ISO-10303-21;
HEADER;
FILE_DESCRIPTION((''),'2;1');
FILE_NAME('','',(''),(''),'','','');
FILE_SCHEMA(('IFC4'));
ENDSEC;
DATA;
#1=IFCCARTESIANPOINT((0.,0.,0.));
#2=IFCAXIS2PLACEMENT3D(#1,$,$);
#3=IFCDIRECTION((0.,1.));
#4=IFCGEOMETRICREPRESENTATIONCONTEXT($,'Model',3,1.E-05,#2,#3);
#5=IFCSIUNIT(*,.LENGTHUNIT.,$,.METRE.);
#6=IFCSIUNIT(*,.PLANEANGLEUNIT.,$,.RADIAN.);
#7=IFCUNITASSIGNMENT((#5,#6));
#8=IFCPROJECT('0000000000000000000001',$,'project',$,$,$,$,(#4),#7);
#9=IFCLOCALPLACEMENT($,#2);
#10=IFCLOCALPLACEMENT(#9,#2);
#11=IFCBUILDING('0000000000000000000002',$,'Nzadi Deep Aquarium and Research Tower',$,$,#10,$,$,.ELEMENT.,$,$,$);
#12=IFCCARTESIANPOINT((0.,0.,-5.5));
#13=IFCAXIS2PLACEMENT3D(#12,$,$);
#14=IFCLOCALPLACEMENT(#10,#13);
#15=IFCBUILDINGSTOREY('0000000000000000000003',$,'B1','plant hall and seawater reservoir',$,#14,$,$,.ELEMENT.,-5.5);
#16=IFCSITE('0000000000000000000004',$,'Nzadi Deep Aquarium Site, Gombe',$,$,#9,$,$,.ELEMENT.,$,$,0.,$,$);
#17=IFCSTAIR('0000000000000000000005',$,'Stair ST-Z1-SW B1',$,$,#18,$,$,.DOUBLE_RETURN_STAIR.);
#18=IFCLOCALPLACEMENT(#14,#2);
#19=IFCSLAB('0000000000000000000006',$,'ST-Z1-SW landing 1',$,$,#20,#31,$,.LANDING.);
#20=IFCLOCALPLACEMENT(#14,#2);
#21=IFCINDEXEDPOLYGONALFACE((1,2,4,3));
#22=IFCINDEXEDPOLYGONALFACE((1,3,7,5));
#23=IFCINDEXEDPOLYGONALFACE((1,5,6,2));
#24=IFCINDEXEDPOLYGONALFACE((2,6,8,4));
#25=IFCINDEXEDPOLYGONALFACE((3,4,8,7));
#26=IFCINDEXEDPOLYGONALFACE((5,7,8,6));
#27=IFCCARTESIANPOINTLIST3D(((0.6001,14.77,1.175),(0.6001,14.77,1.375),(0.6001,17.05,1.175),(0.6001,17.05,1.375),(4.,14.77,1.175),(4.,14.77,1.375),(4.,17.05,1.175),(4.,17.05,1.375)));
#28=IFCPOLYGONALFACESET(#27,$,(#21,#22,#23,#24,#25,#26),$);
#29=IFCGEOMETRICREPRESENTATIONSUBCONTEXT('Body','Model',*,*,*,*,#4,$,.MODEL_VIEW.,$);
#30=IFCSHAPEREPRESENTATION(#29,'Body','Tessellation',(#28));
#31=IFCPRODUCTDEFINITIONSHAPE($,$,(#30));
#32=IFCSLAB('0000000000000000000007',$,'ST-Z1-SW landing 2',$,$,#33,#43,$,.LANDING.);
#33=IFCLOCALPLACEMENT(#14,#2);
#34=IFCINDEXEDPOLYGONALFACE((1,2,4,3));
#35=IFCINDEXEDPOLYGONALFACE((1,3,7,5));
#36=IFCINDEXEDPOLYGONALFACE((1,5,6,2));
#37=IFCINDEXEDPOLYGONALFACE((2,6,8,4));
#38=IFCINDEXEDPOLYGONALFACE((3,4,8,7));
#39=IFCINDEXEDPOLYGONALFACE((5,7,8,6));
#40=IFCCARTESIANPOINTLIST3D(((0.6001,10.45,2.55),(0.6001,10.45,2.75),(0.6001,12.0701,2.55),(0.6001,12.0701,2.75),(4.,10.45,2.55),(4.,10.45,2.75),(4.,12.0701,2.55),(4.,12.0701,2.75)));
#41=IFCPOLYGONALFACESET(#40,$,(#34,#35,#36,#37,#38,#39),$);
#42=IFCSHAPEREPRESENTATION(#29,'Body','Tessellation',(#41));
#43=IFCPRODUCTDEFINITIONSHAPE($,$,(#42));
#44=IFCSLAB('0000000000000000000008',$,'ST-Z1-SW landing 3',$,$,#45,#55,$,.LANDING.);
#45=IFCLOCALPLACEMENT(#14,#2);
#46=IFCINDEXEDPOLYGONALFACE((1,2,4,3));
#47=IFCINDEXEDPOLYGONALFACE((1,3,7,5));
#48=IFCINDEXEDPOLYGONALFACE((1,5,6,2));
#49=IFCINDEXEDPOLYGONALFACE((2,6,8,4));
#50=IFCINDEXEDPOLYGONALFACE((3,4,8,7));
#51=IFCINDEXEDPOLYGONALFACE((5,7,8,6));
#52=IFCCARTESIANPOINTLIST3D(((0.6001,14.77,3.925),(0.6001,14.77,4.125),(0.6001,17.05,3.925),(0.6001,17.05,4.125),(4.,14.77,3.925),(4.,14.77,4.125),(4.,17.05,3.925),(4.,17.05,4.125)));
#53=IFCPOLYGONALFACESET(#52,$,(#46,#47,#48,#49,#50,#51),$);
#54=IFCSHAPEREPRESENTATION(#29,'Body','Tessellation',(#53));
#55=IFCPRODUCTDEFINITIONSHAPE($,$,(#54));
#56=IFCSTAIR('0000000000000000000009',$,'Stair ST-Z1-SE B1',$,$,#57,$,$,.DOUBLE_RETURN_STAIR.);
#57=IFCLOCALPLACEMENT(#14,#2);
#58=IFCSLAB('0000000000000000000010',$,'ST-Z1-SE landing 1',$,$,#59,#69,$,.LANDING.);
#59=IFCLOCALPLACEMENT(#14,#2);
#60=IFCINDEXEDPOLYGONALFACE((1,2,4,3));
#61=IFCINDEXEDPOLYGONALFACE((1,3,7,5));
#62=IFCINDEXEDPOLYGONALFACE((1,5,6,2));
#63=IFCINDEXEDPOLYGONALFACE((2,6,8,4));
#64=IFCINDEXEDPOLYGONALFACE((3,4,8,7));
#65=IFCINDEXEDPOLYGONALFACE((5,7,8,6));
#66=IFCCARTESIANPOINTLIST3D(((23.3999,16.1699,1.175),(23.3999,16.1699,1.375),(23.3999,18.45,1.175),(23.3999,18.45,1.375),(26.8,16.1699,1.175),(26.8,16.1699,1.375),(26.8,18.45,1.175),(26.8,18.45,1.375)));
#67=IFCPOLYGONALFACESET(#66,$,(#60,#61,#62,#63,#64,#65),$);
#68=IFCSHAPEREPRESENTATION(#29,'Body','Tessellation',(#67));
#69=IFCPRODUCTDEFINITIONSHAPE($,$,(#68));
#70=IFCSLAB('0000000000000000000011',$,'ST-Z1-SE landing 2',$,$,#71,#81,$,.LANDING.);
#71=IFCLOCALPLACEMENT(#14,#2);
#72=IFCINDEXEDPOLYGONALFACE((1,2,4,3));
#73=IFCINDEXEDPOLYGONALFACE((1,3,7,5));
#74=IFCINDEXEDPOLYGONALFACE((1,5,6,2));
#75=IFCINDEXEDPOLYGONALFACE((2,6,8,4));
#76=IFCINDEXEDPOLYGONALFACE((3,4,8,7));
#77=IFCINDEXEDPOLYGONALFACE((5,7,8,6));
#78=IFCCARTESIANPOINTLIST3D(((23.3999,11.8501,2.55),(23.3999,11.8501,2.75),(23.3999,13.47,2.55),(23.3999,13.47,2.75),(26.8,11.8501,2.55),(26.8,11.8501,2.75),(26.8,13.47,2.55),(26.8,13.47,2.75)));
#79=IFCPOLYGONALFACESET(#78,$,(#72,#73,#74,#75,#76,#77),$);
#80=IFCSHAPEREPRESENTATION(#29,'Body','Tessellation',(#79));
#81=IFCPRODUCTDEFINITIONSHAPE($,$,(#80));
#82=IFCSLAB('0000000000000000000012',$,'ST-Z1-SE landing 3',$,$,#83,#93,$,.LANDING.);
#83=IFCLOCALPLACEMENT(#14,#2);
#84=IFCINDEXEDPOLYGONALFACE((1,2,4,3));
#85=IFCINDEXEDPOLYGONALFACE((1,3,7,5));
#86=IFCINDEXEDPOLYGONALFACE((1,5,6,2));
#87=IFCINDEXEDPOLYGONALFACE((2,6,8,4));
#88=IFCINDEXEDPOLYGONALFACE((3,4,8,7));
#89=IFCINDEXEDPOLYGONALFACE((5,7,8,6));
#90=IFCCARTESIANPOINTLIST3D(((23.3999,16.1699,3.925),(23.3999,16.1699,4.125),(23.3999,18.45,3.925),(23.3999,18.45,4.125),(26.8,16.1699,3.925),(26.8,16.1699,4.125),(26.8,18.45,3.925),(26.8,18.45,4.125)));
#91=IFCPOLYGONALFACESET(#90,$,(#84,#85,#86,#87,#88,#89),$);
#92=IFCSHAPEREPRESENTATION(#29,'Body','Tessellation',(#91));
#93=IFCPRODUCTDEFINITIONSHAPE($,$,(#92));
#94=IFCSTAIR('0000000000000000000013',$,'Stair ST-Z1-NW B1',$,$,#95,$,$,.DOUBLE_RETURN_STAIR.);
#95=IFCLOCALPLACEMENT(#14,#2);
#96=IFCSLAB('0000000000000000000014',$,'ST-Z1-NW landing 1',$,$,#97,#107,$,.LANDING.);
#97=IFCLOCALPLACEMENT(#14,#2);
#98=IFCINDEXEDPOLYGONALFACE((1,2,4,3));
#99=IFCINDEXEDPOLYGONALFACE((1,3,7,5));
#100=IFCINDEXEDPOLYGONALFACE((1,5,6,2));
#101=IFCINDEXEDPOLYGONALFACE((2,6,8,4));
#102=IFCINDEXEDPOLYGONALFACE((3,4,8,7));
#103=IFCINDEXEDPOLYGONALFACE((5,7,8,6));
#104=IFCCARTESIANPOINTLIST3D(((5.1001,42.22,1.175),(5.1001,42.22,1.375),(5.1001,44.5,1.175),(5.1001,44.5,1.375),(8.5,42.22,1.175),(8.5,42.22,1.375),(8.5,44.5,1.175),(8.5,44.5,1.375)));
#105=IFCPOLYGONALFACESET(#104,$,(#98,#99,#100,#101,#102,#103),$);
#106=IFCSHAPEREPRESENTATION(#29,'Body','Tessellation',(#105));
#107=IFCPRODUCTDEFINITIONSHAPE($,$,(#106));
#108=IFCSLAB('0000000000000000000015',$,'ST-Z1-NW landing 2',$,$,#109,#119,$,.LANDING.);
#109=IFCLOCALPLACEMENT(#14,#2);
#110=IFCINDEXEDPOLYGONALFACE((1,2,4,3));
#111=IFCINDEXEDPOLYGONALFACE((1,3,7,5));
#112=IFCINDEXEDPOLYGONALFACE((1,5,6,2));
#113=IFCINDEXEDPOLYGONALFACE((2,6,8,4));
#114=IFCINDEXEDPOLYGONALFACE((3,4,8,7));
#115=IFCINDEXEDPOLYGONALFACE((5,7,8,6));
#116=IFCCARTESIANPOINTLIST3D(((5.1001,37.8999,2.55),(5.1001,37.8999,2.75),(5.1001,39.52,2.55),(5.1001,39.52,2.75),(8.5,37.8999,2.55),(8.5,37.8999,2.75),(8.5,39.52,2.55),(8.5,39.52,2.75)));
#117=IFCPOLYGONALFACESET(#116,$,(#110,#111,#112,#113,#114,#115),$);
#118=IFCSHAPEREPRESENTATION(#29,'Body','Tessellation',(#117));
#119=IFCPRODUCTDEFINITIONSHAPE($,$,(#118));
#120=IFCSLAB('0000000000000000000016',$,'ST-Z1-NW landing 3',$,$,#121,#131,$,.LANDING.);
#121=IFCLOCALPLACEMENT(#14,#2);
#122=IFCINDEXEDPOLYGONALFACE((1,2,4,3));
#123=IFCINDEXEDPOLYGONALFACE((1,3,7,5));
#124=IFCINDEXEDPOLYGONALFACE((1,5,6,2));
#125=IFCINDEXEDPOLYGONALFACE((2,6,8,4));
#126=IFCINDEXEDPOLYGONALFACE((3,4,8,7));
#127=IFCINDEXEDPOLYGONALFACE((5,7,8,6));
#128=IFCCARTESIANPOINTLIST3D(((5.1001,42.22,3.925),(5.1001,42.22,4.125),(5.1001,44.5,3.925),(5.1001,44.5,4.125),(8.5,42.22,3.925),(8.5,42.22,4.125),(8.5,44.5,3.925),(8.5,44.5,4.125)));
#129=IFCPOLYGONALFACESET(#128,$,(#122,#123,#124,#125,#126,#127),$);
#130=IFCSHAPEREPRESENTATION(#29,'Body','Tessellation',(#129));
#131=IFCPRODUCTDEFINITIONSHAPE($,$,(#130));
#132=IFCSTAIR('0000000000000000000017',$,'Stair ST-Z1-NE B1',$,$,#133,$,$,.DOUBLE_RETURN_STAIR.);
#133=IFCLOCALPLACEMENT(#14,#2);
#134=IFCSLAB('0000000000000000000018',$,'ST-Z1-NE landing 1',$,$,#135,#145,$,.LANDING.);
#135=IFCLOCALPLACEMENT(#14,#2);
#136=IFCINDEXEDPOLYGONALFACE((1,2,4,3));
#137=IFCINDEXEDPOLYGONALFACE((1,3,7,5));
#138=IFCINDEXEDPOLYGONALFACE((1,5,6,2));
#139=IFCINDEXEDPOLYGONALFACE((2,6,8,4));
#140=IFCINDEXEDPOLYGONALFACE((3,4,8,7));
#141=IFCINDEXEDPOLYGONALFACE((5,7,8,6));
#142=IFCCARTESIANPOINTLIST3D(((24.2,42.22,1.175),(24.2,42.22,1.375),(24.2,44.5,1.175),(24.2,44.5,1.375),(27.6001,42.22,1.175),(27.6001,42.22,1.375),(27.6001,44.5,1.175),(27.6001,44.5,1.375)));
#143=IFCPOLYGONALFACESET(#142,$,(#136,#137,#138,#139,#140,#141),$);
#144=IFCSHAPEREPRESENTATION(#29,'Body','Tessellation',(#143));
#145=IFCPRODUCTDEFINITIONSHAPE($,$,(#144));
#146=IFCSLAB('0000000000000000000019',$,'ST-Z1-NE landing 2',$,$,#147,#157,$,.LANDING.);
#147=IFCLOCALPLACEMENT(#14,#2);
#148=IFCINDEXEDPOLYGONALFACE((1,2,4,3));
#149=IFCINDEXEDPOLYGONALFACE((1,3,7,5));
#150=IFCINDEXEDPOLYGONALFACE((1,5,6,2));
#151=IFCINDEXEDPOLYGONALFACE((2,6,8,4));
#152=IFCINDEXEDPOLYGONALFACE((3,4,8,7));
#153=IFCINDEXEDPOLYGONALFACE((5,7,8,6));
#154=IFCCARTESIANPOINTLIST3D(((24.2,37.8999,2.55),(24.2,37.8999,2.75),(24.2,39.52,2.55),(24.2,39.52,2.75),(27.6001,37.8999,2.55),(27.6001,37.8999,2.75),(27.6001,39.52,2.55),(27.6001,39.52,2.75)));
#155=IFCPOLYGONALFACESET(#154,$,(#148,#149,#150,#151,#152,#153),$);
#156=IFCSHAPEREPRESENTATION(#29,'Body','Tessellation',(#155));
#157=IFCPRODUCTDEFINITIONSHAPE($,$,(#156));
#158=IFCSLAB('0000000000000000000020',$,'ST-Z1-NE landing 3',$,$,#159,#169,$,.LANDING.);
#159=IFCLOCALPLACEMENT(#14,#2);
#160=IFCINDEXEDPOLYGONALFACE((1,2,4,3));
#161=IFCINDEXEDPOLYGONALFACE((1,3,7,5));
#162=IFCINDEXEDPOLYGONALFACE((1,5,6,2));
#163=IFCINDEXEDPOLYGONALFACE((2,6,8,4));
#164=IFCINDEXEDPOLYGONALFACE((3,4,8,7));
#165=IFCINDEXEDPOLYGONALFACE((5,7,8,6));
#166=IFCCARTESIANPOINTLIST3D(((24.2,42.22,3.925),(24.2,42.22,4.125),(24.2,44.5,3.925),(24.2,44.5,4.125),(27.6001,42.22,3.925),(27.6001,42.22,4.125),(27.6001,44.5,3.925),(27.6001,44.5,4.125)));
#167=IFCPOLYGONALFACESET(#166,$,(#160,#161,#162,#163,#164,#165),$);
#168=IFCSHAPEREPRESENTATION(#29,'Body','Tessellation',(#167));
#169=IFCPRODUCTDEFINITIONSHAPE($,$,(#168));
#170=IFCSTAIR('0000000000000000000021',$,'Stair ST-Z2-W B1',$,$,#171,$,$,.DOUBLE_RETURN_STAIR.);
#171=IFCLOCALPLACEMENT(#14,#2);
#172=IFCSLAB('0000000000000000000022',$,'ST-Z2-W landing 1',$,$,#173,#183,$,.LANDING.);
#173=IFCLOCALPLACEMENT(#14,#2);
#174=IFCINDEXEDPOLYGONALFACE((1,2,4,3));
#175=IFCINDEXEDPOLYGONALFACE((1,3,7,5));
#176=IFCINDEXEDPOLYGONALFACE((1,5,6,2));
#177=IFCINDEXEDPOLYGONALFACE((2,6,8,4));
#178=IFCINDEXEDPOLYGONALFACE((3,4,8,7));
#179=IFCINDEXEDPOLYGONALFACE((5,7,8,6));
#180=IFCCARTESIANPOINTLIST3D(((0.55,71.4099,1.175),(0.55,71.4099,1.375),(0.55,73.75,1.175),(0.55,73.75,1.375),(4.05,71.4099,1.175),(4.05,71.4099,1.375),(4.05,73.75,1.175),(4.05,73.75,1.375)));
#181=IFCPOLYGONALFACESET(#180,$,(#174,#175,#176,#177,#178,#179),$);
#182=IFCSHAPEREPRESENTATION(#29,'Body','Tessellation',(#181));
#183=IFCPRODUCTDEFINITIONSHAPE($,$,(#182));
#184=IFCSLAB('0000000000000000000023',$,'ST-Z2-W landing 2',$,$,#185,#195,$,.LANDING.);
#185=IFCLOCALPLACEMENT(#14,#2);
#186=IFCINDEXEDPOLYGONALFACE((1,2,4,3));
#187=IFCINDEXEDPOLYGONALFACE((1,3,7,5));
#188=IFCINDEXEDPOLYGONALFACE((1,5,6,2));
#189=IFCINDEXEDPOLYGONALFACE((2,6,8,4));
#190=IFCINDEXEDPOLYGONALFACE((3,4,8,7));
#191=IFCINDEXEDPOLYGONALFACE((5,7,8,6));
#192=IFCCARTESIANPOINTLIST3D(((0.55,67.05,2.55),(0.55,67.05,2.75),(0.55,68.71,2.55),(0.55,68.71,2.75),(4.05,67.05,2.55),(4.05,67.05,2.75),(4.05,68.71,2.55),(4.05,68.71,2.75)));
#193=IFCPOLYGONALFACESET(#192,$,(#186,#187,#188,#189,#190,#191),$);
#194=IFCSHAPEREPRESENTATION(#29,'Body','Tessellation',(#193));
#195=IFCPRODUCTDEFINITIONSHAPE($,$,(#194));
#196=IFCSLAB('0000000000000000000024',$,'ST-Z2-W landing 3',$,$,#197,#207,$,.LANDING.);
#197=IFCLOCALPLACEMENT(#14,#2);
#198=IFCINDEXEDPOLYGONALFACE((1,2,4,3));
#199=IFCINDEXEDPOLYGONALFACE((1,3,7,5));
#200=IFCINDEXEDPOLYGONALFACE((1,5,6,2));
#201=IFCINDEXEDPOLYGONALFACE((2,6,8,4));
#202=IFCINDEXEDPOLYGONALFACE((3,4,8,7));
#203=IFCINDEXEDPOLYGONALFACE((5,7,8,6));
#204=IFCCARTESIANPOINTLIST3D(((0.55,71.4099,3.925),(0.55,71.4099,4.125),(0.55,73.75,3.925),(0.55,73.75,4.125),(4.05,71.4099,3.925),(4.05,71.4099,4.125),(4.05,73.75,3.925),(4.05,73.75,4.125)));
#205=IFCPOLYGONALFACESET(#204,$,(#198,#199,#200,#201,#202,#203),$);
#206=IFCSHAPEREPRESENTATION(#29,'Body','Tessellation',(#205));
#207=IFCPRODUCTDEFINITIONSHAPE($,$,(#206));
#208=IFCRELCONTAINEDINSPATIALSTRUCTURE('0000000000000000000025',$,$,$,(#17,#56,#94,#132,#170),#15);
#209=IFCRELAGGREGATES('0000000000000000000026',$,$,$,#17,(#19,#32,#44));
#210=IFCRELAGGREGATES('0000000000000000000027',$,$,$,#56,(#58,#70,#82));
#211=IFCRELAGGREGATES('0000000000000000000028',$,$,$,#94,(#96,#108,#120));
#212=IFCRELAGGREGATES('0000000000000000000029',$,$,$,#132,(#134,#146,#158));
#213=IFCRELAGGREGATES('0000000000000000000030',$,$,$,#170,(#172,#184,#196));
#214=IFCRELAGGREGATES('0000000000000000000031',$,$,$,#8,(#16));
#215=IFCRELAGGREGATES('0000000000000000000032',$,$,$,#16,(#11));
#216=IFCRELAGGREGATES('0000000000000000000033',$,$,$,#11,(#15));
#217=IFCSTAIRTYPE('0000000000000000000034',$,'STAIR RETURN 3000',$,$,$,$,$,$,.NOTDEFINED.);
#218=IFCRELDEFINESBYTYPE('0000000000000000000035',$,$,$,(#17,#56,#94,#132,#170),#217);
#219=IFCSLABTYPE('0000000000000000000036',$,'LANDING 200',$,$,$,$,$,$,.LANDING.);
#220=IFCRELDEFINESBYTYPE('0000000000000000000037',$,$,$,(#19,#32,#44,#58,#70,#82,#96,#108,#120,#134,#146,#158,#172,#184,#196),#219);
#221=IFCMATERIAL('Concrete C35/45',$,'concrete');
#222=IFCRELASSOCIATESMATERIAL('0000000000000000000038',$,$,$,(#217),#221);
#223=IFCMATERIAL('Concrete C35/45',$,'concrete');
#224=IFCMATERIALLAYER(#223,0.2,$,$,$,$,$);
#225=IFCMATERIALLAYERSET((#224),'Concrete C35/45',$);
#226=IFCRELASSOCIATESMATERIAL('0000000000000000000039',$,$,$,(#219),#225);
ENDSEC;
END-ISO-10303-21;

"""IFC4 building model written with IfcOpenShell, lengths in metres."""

from ifc_helpers import new_model, si_unit, direction, frame, origin, place, context, subcontext, project, spatial, polyline, outline, extrude, material, layer, layer_set, type_object, element, aggregate, save


model = new_model("IFC4")

# Units and contexts
model_context = context("Model", 3, precision=1e-05, world=origin(), true_north=direction((0.0, 1.0)))
body_context = subcontext(model_context, "Body", "Model", "MODEL_VIEW")
ifc_project = project(units=[si_unit("LENGTHUNIT", "METRE"), si_unit("PLANEANGLEUNIT", "RADIAN")], contexts=[model_context])

# Site, building, storey
site_placement = place(None, origin())
site = spatial("IfcSite", under=ifc_project, at=site_placement, Name="Nzadi Deep Aquarium Site, Gombe", CompositionType="ELEMENT", RefElevation=0.0)
building_placement = place(site_placement, origin())
building = spatial("IfcBuilding", under=site, at=building_placement, Name="Nzadi Deep Aquarium and Research Tower", CompositionType="ELEMENT")
storey_placement = place(building_placement, frame((0.0, 0.0, -5.5)))
storey = spatial("IfcBuildingStorey", under=building, at=storey_placement, Name="B1", Description="plant hall and seawater reservoir", CompositionType="ELEMENT", Elevation=-5.5)

# Stairs, slabs
ifc_material_1 = material(Name="Concrete C35/45", Category="concrete")
stair_type = type_object("IfcStairType", Name="STAIR RETURN 3000", PredefinedType="NOTDEFINED", material=ifc_material_1)
stair_1_placement = place(storey_placement, origin())
stair_1 = element("IfcStair", 1, at=stair_1_placement, inside=storey, type_object=stair_type, Name="Stair ST-Z1-SW B1", PredefinedType="DOUBLE_RETURN_STAIR")
ifc_material_2 = material(Name="Concrete C35/45", Category="concrete")
ifc_layer_1 = layer(ifc_material_2, 0.2)
ifc_layer_set_1 = layer_set([ifc_layer_1], Name="Concrete C35/45")
slab_type_1 = type_object("IfcSlabType", Name="LANDING 200", PredefinedType="LANDING", material=ifc_layer_set_1)
slab_1_placement = place(storey_placement, frame((0.0, 0.0, 1.175)))
slab_1 = element("IfcSlab", 2, at=slab_1_placement, type_object=slab_type_1, Name="ST-Z1-SW landing 1", PredefinedType="LANDING", context=body_context, shape_type="SweptSolid", body=[
    extrude(outline(polyline([(0.6001, 14.77), (4.0, 14.77), (4.0, 17.05), (0.6001, 17.05), (0.6001, 14.77)])), origin(), (0.0, 0.0, 1.0), 0.2),
])
slab_2_placement = place(storey_placement, frame((0.0, 0.0, 2.55)))
slab_2 = element("IfcSlab", 3, at=slab_2_placement, type_object=slab_type_1, Name="ST-Z1-SW landing 2", PredefinedType="LANDING", context=body_context, shape_type="SweptSolid", body=[
    extrude(outline(polyline([(0.6001, 10.45), (4.0, 10.45), (4.0, 12.0701), (0.6001, 12.0701), (0.6001, 10.45)])), origin(), (0.0, 0.0, 1.0), 0.2),
])
slab_3_placement = place(storey_placement, frame((0.0, 0.0, 3.925)))
slab_3 = element("IfcSlab", 4, at=slab_3_placement, type_object=slab_type_1, Name="ST-Z1-SW landing 3", PredefinedType="LANDING", context=body_context, shape_type="SweptSolid", body=[
    extrude(outline(polyline([(0.6001, 14.77), (4.0, 14.77), (4.0, 17.05), (0.6001, 17.05), (0.6001, 14.77)])), origin(), (0.0, 0.0, 1.0), 0.2),
])
aggregate(stair_1, [slab_1, slab_2, slab_3])
stair_2_placement = place(storey_placement, origin())
stair_2 = element("IfcStair", 5, at=stair_2_placement, inside=storey, type_object=stair_type, Name="Stair ST-Z1-SE B1", PredefinedType="DOUBLE_RETURN_STAIR")
slab_4_placement = place(storey_placement, frame((0.0, 0.0, 1.175)))
slab_4 = element("IfcSlab", 6, at=slab_4_placement, type_object=slab_type_1, Name="ST-Z1-SE landing 1", PredefinedType="LANDING", context=body_context, shape_type="SweptSolid", body=[
    extrude(outline(polyline([(23.3999, 16.1699), (26.8, 16.1699), (26.8, 18.45), (23.3999, 18.45), (23.3999, 16.1699)])), origin(), (0.0, 0.0, 1.0), 0.2),
])
slab_5_placement = place(storey_placement, frame((0.0, 0.0, 2.55)))
slab_5 = element("IfcSlab", 7, at=slab_5_placement, type_object=slab_type_1, Name="ST-Z1-SE landing 2", PredefinedType="LANDING", context=body_context, shape_type="SweptSolid", body=[
    extrude(outline(polyline([(23.3999, 11.8501), (26.8, 11.8501), (26.8, 13.47), (23.3999, 13.47), (23.3999, 11.8501)])), origin(), (0.0, 0.0, 1.0), 0.2),
])
slab_6_placement = place(storey_placement, frame((0.0, 0.0, 3.925)))
slab_6 = element("IfcSlab", 8, at=slab_6_placement, type_object=slab_type_1, Name="ST-Z1-SE landing 3", PredefinedType="LANDING", context=body_context, shape_type="SweptSolid", body=[
    extrude(outline(polyline([(23.3999, 16.1699), (26.8, 16.1699), (26.8, 18.45), (23.3999, 18.45), (23.3999, 16.1699)])), origin(), (0.0, 0.0, 1.0), 0.2),
])
aggregate(stair_2, [slab_4, slab_5, slab_6])
stair_3_placement = place(storey_placement, origin())
stair_3 = element("IfcStair", 9, at=stair_3_placement, inside=storey, type_object=stair_type, Name="Stair ST-Z1-NW B1", PredefinedType="DOUBLE_RETURN_STAIR")
slab_7_placement = place(storey_placement, frame((0.0, 0.0, 1.175)))
slab_7 = element("IfcSlab", 10, at=slab_7_placement, type_object=slab_type_1, Name="ST-Z1-NW landing 1", PredefinedType="LANDING", context=body_context, shape_type="SweptSolid", body=[
    extrude(outline(polyline([(5.1001, 42.22), (8.5, 42.22), (8.5, 44.5), (5.1001, 44.5), (5.1001, 42.22)])), origin(), (0.0, 0.0, 1.0), 0.2),
])
slab_8_placement = place(storey_placement, frame((0.0, 0.0, 2.55)))
slab_8 = element("IfcSlab", 11, at=slab_8_placement, type_object=slab_type_1, Name="ST-Z1-NW landing 2", PredefinedType="LANDING", context=body_context, shape_type="SweptSolid", body=[
    extrude(outline(polyline([(5.1001, 37.8999), (8.5, 37.8999), (8.5, 39.52), (5.1001, 39.52), (5.1001, 37.8999)])), origin(), (0.0, 0.0, 1.0), 0.2),
])
slab_9_placement = place(storey_placement, frame((0.0, 0.0, 3.925)))
slab_9 = element("IfcSlab", 12, at=slab_9_placement, type_object=slab_type_1, Name="ST-Z1-NW landing 3", PredefinedType="LANDING", context=body_context, shape_type="SweptSolid", body=[
    extrude(outline(polyline([(5.1001, 42.22), (8.5, 42.22), (8.5, 44.5), (5.1001, 44.5), (5.1001, 42.22)])), origin(), (0.0, 0.0, 1.0), 0.2),
])
aggregate(stair_3, [slab_7, slab_8, slab_9])
stair_4_placement = place(storey_placement, origin())
stair_4 = element("IfcStair", 13, at=stair_4_placement, inside=storey, type_object=stair_type, Name="Stair ST-Z1-NE B1", PredefinedType="DOUBLE_RETURN_STAIR")
slab_10_placement = place(storey_placement, frame((0.0, 0.0, 1.175)))
slab_10 = element("IfcSlab", 14, at=slab_10_placement, type_object=slab_type_1, Name="ST-Z1-NE landing 1", PredefinedType="LANDING", context=body_context, shape_type="SweptSolid", body=[
    extrude(outline(polyline([(24.2, 42.22), (27.6001, 42.22), (27.6001, 44.5), (24.2, 44.5), (24.2, 42.22)])), origin(), (0.0, 0.0, 1.0), 0.2),
])
slab_11_placement = place(storey_placement, frame((0.0, 0.0, 2.55)))
slab_11 = element("IfcSlab", 15, at=slab_11_placement, type_object=slab_type_1, Name="ST-Z1-NE landing 2", PredefinedType="LANDING", context=body_context, shape_type="SweptSolid", body=[
    extrude(outline(polyline([(24.2, 37.8999), (27.6001, 37.8999), (27.6001, 39.52), (24.2, 39.52), (24.2, 37.8999)])), origin(), (0.0, 0.0, 1.0), 0.2),
])
slab_12_placement = place(storey_placement, frame((0.0, 0.0, 3.925)))
slab_12 = element("IfcSlab", 16, at=slab_12_placement, type_object=slab_type_1, Name="ST-Z1-NE landing 3", PredefinedType="LANDING", context=body_context, shape_type="SweptSolid", body=[
    extrude(outline(polyline([(24.2, 42.22), (27.6001, 42.22), (27.6001, 44.5), (24.2, 44.5), (24.2, 42.22)])), origin(), (0.0, 0.0, 1.0), 0.2),
])
aggregate(stair_4, [slab_10, slab_11, slab_12])
stair_5_placement = place(storey_placement, origin())
stair_5 = element("IfcStair", 17, at=stair_5_placement, inside=storey, type_object=stair_type, Name="Stair ST-Z2-W B1", PredefinedType="DOUBLE_RETURN_STAIR")
slab_13_placement = place(storey_placement, frame((0.0, 0.0, 1.175)))
slab_13 = element("IfcSlab", 18, at=slab_13_placement, type_object=slab_type_1, Name="ST-Z2-W landing 1", PredefinedType="LANDING", context=body_context, shape_type="SweptSolid", body=[
    extrude(outline(polyline([(0.55, 71.4099), (4.05, 71.4099), (4.05, 73.75), (0.55, 73.75), (0.55, 71.4099)])), origin(), (0.0, 0.0, 1.0), 0.2),
])
slab_14_placement = place(storey_placement, frame((0.0, 0.0, 2.55)))
slab_14 = element("IfcSlab", 19, at=slab_14_placement, type_object=slab_type_1, Name="ST-Z2-W landing 2", PredefinedType="LANDING", context=body_context, shape_type="SweptSolid", body=[
    extrude(outline(polyline([(0.55, 67.05), (4.05, 67.05), (4.05, 68.71), (0.55, 68.71), (0.55, 67.05)])), origin(), (0.0, 0.0, 1.0), 0.2),
])
slab_15_placement = place(storey_placement, frame((0.0, 0.0, 3.925)))
slab_15 = element("IfcSlab", 20, at=slab_15_placement, type_object=slab_type_1, Name="ST-Z2-W landing 3", PredefinedType="LANDING", context=body_context, shape_type="SweptSolid", body=[
    extrude(outline(polyline([(0.55, 71.4099), (4.05, 71.4099), (4.05, 73.75), (0.55, 73.75), (0.55, 71.4099)])), origin(), (0.0, 0.0, 1.0), 0.2),
])
aggregate(stair_5, [slab_13, slab_14, slab_15])

save(model, "model.ifc")
